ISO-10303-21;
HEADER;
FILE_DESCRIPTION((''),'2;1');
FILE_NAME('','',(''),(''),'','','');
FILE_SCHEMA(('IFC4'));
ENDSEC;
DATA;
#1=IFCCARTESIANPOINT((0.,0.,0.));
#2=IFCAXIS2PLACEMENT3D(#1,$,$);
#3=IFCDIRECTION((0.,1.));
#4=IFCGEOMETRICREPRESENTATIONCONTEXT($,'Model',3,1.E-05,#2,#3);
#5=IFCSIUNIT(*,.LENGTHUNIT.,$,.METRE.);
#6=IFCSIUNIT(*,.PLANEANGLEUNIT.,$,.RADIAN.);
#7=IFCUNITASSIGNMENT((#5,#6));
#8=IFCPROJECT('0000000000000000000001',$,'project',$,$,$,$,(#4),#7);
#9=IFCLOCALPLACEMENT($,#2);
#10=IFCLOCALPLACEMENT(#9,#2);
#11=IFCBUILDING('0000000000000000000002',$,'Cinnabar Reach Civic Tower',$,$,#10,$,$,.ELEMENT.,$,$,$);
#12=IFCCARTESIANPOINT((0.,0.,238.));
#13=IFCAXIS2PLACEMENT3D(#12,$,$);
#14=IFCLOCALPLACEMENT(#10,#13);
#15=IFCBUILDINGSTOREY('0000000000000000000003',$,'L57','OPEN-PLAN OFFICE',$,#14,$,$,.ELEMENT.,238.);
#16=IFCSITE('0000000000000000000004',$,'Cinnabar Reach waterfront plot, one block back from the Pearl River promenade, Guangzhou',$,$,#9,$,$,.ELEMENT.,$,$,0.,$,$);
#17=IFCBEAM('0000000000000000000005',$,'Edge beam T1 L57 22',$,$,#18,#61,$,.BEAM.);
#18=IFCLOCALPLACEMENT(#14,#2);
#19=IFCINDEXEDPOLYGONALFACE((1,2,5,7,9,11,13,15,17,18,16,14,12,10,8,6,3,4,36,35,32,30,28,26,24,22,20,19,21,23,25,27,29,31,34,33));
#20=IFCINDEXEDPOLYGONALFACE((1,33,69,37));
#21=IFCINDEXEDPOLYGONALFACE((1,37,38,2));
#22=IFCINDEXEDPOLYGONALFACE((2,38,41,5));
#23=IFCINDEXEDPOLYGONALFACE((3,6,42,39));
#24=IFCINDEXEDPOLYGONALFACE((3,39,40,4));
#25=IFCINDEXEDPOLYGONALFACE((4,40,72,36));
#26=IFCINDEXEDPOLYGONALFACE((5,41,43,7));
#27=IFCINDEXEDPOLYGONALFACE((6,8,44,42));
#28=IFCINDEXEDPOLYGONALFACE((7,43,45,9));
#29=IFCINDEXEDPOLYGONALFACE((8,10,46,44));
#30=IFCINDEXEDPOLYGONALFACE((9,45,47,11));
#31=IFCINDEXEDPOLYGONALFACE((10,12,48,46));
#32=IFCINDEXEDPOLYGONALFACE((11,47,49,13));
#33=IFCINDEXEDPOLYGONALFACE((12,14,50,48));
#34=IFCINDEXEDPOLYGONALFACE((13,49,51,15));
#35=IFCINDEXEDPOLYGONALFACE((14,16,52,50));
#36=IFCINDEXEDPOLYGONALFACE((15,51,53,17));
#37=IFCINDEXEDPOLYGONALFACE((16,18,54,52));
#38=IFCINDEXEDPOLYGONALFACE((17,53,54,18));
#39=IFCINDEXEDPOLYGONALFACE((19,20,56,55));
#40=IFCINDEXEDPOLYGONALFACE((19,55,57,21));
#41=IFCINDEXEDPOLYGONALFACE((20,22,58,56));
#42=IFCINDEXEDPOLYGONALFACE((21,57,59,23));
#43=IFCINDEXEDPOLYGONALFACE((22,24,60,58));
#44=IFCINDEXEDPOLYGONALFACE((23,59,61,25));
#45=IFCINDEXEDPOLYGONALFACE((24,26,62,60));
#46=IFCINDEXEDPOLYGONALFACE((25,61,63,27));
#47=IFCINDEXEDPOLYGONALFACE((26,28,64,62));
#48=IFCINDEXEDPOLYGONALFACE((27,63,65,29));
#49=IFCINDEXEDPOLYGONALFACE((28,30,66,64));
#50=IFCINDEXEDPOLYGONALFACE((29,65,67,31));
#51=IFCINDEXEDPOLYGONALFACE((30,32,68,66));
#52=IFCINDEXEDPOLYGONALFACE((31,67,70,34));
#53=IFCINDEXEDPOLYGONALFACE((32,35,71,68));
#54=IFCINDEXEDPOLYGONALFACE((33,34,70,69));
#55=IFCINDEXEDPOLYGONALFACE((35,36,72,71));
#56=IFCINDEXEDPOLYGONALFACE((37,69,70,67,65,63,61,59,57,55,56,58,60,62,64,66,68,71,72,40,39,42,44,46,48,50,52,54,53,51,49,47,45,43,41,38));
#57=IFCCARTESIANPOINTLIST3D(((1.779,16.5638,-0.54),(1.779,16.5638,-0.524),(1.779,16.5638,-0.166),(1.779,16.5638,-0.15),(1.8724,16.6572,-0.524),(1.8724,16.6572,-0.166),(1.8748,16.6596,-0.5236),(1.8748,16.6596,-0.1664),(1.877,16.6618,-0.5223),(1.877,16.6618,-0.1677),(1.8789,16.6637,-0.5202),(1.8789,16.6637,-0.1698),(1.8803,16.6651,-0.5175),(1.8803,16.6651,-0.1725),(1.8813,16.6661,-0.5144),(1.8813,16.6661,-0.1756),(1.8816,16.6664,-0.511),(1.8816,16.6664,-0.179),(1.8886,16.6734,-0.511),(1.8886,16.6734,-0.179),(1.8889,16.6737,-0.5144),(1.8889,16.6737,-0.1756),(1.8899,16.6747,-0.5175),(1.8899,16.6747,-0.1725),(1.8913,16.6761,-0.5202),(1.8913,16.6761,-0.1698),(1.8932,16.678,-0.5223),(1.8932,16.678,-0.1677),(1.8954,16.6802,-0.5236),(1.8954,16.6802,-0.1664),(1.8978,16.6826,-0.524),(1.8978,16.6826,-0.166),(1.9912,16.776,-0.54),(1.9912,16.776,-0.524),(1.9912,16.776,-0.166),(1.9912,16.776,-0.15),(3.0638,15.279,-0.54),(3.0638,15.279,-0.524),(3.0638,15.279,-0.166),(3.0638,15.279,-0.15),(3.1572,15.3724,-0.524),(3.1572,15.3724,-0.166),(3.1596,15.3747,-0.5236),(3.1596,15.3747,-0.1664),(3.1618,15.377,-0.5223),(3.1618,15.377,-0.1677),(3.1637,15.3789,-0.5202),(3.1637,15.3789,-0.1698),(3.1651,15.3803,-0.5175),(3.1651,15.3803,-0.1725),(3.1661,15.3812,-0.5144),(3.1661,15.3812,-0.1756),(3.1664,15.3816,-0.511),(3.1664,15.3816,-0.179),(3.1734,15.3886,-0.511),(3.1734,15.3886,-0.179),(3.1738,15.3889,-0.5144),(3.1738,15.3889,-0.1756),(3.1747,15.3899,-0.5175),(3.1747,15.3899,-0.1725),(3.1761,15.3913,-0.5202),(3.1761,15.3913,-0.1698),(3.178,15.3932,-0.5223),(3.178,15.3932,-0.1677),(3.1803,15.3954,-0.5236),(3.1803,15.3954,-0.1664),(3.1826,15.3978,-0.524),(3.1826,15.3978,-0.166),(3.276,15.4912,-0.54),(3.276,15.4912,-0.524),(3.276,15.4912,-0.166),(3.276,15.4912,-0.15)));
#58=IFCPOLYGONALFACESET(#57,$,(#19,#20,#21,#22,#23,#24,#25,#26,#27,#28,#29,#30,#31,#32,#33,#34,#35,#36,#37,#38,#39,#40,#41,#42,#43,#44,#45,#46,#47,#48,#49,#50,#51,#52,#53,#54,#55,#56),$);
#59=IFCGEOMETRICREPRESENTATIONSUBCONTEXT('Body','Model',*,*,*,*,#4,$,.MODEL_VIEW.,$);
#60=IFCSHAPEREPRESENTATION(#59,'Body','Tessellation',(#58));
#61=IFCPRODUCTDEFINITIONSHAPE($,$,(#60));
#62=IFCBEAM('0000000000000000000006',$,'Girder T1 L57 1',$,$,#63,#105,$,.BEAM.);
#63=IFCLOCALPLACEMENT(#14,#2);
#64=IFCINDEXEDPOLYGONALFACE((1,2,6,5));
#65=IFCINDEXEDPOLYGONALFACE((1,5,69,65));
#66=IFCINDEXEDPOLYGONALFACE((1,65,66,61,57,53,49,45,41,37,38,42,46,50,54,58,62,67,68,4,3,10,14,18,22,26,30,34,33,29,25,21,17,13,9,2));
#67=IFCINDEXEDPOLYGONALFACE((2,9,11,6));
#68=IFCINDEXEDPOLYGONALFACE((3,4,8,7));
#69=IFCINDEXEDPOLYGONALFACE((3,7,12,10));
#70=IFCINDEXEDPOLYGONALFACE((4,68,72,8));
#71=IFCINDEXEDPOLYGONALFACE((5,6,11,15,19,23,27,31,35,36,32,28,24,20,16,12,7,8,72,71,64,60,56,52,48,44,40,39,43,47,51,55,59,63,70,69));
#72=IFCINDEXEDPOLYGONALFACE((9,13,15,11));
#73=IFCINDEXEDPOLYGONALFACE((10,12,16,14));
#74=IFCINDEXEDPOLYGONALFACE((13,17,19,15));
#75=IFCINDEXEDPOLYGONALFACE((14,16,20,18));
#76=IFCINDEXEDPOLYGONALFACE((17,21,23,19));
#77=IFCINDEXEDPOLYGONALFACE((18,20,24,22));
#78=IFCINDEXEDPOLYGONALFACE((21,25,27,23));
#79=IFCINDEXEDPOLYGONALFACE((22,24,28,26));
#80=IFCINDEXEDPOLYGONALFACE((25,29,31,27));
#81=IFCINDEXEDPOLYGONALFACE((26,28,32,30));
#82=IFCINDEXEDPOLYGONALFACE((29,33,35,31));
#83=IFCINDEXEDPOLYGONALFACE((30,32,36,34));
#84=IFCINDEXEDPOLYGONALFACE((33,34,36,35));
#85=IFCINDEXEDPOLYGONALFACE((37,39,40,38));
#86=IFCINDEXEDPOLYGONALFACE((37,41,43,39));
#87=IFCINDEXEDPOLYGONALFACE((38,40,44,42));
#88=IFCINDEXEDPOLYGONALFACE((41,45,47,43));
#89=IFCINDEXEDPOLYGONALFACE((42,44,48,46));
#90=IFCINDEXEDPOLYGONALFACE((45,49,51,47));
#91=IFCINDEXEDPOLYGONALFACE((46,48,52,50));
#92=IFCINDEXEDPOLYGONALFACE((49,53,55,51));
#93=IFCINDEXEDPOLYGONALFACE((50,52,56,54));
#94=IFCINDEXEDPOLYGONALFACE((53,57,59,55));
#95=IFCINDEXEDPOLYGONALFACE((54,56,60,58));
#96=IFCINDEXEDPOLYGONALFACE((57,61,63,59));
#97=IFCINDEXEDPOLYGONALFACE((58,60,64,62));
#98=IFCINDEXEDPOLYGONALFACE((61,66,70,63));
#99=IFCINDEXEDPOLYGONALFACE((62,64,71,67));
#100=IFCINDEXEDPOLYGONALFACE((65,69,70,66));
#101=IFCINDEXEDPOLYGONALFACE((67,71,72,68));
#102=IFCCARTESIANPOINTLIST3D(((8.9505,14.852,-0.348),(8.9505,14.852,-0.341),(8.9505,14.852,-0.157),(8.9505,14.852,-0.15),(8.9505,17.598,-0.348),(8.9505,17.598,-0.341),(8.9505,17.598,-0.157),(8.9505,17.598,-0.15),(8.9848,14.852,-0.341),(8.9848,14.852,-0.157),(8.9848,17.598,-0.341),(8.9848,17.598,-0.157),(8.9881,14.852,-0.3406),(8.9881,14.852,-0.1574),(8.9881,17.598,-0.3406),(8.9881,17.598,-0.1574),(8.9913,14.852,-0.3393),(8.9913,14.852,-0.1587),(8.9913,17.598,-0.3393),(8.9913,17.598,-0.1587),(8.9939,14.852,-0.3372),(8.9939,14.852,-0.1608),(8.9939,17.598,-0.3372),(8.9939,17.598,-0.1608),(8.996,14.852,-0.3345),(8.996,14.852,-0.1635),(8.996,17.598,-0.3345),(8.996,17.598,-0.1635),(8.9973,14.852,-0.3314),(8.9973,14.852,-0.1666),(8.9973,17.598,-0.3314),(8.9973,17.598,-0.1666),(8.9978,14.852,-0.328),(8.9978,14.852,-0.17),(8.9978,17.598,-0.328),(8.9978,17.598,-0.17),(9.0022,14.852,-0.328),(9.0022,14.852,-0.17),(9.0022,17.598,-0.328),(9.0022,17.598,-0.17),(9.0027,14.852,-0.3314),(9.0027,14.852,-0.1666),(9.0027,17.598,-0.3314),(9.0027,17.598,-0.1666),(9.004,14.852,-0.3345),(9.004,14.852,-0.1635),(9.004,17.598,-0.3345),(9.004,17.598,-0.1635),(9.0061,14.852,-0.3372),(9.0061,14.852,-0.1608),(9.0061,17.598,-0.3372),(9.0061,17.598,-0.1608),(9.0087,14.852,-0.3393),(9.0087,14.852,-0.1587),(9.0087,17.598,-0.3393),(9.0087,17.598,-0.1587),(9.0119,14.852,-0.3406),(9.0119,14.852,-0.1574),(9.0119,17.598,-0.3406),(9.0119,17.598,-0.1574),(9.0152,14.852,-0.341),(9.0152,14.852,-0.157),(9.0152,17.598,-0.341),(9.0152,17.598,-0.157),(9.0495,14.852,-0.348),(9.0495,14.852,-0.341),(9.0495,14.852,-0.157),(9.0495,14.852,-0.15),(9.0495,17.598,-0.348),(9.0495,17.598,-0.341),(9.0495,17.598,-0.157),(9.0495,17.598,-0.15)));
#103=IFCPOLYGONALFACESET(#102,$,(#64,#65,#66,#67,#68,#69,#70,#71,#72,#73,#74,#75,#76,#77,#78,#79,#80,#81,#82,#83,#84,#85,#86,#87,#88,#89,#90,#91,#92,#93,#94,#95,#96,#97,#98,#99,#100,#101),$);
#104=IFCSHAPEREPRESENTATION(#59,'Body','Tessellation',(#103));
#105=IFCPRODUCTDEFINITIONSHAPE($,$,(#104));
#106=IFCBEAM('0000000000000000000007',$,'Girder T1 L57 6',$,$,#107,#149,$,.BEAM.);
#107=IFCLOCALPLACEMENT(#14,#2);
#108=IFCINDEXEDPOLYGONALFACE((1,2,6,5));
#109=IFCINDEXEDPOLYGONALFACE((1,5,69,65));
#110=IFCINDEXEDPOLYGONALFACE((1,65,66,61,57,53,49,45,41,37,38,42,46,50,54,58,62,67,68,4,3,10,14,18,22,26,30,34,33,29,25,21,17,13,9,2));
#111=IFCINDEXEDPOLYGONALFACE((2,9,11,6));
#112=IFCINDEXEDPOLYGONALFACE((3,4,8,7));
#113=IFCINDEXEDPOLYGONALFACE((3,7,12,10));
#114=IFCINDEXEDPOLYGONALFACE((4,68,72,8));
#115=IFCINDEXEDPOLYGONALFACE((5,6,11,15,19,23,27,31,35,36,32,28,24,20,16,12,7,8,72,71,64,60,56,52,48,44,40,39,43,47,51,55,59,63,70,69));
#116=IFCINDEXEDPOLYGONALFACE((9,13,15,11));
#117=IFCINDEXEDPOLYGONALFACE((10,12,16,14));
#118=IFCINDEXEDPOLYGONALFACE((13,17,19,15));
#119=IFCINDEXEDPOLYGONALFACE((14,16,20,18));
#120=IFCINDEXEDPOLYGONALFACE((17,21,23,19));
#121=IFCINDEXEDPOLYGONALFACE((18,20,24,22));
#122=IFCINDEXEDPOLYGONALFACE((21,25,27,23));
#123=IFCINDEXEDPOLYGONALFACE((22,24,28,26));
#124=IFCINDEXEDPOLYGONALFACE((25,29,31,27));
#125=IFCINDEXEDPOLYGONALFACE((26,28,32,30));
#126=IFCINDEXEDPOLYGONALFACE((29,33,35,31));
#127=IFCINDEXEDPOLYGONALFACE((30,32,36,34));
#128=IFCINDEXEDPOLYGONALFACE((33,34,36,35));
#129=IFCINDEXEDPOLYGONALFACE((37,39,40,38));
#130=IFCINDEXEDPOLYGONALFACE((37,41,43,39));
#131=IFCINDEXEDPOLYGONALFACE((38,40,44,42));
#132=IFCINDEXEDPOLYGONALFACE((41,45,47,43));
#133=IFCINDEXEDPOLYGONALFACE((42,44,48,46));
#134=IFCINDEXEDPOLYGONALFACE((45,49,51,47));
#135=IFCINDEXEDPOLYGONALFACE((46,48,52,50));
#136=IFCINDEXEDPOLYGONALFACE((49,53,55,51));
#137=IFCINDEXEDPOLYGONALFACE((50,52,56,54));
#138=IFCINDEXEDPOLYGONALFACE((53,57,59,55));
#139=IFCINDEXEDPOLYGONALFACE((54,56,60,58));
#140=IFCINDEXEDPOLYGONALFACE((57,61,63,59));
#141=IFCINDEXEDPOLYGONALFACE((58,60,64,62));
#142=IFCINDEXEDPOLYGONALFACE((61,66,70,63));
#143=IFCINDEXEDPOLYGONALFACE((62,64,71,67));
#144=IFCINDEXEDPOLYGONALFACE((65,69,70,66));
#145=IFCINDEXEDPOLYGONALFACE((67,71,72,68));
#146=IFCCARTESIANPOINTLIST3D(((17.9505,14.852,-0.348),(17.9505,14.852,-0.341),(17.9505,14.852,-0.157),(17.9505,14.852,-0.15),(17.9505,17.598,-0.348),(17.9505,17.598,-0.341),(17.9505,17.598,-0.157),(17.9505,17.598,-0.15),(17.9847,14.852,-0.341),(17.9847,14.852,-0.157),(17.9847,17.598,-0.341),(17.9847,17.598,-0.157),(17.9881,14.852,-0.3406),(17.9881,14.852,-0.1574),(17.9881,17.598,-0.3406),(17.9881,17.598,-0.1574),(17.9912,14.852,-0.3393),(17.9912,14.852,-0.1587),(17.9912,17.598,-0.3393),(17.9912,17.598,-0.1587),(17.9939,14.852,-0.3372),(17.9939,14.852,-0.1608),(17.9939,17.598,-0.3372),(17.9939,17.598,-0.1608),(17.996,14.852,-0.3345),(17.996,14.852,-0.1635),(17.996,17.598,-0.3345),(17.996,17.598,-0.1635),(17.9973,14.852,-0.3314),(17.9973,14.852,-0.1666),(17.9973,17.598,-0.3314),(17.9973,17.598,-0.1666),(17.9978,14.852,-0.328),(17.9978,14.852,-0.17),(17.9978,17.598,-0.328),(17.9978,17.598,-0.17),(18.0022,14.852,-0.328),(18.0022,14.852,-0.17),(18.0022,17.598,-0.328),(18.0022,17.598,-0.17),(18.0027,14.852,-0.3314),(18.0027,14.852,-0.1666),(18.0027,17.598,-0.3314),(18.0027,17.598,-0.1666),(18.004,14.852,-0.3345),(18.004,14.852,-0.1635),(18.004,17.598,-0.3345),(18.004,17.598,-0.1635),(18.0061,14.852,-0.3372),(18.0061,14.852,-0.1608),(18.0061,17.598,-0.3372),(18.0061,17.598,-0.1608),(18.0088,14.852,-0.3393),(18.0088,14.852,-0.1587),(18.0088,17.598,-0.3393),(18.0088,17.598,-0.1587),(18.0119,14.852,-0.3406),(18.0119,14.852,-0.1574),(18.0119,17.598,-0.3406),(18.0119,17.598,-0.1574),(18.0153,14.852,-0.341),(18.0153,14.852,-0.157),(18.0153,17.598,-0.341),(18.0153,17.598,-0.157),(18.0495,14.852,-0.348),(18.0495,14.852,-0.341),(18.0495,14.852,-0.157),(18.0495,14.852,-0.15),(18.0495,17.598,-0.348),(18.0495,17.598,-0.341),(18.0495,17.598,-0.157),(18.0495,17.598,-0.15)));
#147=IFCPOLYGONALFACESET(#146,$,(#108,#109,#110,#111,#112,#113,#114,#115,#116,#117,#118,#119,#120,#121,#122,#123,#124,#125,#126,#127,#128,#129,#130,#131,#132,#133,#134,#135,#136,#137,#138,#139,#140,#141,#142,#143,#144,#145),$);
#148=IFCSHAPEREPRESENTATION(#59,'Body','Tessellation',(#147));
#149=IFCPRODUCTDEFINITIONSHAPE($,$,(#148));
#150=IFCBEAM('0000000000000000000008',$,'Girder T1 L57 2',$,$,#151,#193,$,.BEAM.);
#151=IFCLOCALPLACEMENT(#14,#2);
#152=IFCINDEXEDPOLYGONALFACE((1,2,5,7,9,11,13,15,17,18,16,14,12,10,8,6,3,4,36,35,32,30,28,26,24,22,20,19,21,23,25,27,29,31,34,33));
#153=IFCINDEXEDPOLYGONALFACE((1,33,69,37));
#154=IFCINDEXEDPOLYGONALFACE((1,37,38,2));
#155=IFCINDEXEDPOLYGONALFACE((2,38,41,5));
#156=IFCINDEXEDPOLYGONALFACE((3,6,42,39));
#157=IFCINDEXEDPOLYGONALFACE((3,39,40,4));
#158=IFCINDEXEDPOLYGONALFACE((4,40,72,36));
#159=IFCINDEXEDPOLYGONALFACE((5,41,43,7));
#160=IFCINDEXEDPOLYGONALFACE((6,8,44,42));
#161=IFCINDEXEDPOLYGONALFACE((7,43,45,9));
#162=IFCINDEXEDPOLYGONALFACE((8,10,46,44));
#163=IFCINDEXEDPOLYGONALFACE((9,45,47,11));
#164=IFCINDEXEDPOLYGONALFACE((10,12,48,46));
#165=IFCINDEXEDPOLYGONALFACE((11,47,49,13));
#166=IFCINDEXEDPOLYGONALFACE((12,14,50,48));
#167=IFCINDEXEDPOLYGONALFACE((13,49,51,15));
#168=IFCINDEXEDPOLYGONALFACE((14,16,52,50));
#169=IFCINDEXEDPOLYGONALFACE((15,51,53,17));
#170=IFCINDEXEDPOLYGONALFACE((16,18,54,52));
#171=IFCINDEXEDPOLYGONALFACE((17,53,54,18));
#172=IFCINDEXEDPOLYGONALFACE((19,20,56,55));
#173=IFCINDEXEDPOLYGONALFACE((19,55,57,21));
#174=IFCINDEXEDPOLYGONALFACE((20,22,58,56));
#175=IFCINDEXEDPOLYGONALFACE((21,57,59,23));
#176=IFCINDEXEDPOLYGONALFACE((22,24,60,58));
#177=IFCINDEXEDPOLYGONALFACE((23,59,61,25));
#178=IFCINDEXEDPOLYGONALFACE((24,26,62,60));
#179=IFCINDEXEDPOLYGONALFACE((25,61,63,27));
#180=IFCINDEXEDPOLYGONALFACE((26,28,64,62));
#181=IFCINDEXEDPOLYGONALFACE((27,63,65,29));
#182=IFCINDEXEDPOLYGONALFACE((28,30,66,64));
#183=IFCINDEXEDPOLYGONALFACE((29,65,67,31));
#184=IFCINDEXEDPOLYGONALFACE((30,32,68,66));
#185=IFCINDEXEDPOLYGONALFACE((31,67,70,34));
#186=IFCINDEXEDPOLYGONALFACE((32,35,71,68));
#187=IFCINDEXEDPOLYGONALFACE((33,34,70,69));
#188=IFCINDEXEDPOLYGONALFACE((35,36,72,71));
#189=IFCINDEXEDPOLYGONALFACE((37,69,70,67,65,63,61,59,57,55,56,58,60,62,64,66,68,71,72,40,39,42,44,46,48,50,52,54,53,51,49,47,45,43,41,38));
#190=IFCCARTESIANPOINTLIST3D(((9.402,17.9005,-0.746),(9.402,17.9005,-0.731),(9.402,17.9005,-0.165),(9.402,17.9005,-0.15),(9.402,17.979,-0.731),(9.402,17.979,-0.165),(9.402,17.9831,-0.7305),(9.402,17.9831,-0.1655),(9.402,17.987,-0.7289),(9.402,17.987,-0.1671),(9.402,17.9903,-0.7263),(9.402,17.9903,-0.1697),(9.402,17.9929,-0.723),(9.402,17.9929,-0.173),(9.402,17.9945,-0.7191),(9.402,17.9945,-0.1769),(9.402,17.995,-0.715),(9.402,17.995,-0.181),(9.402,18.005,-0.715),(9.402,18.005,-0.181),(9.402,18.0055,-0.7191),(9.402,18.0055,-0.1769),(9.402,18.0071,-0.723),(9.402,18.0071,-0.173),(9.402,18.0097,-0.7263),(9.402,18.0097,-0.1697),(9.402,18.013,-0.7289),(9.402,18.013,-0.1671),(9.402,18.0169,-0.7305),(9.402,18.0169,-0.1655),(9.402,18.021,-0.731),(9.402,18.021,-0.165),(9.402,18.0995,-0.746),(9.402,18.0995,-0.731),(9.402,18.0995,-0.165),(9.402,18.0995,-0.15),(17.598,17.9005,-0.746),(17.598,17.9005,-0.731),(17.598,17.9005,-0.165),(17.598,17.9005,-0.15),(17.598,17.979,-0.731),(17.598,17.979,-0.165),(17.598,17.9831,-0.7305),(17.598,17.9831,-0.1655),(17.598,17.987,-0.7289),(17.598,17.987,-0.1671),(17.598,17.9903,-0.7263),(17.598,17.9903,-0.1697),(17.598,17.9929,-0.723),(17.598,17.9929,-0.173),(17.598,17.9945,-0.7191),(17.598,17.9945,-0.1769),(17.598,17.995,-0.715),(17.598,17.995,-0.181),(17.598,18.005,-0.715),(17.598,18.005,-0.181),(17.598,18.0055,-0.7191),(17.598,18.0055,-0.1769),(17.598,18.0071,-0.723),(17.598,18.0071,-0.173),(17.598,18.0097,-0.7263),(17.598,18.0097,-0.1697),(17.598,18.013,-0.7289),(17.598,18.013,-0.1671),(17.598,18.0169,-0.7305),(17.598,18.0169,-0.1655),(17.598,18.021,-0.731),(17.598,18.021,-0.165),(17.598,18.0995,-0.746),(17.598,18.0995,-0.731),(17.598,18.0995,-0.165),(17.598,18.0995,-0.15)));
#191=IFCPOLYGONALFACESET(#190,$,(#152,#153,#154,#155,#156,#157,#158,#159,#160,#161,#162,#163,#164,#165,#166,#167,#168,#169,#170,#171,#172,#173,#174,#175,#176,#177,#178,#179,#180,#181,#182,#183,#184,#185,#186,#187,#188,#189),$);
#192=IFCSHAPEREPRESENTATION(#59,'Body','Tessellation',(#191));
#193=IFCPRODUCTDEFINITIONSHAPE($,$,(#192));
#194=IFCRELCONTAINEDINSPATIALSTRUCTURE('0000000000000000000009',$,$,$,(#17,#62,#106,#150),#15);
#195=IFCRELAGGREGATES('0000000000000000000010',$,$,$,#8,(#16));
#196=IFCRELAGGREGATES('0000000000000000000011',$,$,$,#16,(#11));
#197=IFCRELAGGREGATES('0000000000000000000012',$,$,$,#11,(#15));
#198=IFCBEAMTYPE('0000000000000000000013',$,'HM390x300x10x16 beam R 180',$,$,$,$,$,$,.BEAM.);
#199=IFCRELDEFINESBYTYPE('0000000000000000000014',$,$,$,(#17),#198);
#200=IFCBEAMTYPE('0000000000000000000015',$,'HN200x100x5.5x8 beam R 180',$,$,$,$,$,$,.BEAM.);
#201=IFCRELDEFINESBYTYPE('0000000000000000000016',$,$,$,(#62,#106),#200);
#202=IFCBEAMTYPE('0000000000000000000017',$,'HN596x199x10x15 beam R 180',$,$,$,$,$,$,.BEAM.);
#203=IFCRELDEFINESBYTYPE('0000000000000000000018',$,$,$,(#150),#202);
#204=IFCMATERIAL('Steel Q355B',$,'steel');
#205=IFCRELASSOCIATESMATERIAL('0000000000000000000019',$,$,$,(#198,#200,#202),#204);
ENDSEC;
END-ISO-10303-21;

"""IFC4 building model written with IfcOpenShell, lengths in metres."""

from ifc_helpers import new_model, si_unit, direction, frame, origin, origin_2d, place, context, subcontext, project, spatial, i_section, extrude, material, material_profile, profile_set, type_object, element, save


model = new_model("IFC4")

# Units and contexts
model_context = context("Model", 3, precision=1e-05, world=origin(), true_north=direction((0.0, 1.0)))
body_context = subcontext(model_context, "Body", "Model", "MODEL_VIEW")
ifc_project = project(units=[si_unit("LENGTHUNIT", "METRE"), si_unit("PLANEANGLEUNIT", "RADIAN")], contexts=[model_context])

# Site, building, storey
site_placement = place(None, origin())
site = spatial("IfcSite", under=ifc_project, at=site_placement, Name="Cinnabar Reach waterfront plot, one block back from the Pearl River promenade, Guangzhou", CompositionType="ELEMENT", RefElevation=0.0)
building_placement = place(site_placement, origin())
building = spatial("IfcBuilding", under=site, at=building_placement, Name="Cinnabar Reach Civic Tower", CompositionType="ELEMENT")
storey_placement = place(building_placement, frame((0.0, 0.0, 238.0)))
storey = spatial("IfcBuildingStorey", under=building, at=storey_placement, Name="L57", Description="OPEN-PLAN OFFICE", CompositionType="ELEMENT", Elevation=238.0)

# Beams
ifc_material_1 = material(Name="Steel Q355B", Category="steel")
ifc_material_profile_1 = material_profile(ifc_material_1, i_section(OverallWidth=0.3, OverallDepth=0.39, WebThickness=0.01, FlangeThickness=0.016, FilletRadius=0.013, at=origin_2d()), Name="HM390x300x10x16")
ifc_profile_set_1 = profile_set([ifc_material_profile_1], Name="Steel Q355B")
beam_type_1 = type_object("IfcBeamType", Name="HM390x300x10x16 beam R 180", PredefinedType="BEAM", material=ifc_profile_set_1)
beam_1_placement = place(storey_placement, frame((1.8851, 16.6699, -0.345), z_axis=(0.707107, -0.707107, 0.0), x_axis=(0.707107, 0.707107, 0.0)))
element("IfcBeam", 1, at=beam_1_placement, inside=storey, type_object=beam_type_1, Name="Edge beam T1 L57 22", PredefinedType="BEAM", context=body_context, shape_type="SweptSolid", body=[
    extrude(i_section(OverallWidth=0.3, OverallDepth=0.39, WebThickness=0.01, FlangeThickness=0.016, FilletRadius=0.013, at=origin_2d()), origin(), (0.0, 0.0, 1.0), 1.817),
])
ifc_material_profile_2 = material_profile(ifc_material_1, i_section(OverallWidth=0.099, OverallDepth=0.198, WebThickness=0.0045, FlangeThickness=0.007, FilletRadius=0.013, at=origin_2d()), Name="HN200x100x5.5x8")
ifc_profile_set_2 = profile_set([ifc_material_profile_2], Name="Steel Q355B")
beam_type_2 = type_object("IfcBeamType", Name="HN200x100x5.5x8 beam R 180", PredefinedType="BEAM", material=ifc_profile_set_2)
for number, where, z_axis, x_axis, name in (
    (2, (9.0, 14.852, -0.249), (0.0, 1.0, 0.0), (-1.0, 0.0, 0.0), "Girder T1 L57 1"),
    (3, (18.0, 14.852, -0.249), (0.0, 1.0, 0.0), (-1.0, 0.0, 0.0), "Girder T1 L57 6"),
):
    element("IfcBeam", number, at=place(storey_placement, frame(where, z_axis=z_axis, x_axis=x_axis)), inside=storey, type_object=beam_type_2, Name=name, PredefinedType="BEAM", context=body_context, shape_type="SweptSolid", body=[
        extrude(i_section(OverallWidth=0.099, OverallDepth=0.198, WebThickness=0.0045, FlangeThickness=0.007, FilletRadius=0.013, at=origin_2d()), origin(), (0.0, 0.0, 1.0), 2.746),
    ])
ifc_material_profile_3 = material_profile(ifc_material_1, i_section(OverallWidth=0.199, OverallDepth=0.596, WebThickness=0.01, FlangeThickness=0.015, FilletRadius=0.016, at=origin_2d()), Name="HN596x199x10x15")
ifc_profile_set_3 = profile_set([ifc_material_profile_3], Name="Steel Q355B")
beam_type_3 = type_object("IfcBeamType", Name="HN596x199x10x15 beam R 180", PredefinedType="BEAM", material=ifc_profile_set_3)
beam_2_placement = place(storey_placement, frame((9.402, 18.0, -0.448), z_axis=(1.0, 0.0, 0.0), x_axis=(0.0, 1.0, 0.0)))
element("IfcBeam", 4, at=beam_2_placement, inside=storey, type_object=beam_type_3, Name="Girder T1 L57 2", PredefinedType="BEAM", context=body_context, shape_type="SweptSolid", body=[
    extrude(i_section(OverallWidth=0.199, OverallDepth=0.596, WebThickness=0.01, FlangeThickness=0.015, FilletRadius=0.016, at=origin_2d()), origin(), (0.0, 0.0, 1.0), 8.196),
])

save(model, "model.ifc")
